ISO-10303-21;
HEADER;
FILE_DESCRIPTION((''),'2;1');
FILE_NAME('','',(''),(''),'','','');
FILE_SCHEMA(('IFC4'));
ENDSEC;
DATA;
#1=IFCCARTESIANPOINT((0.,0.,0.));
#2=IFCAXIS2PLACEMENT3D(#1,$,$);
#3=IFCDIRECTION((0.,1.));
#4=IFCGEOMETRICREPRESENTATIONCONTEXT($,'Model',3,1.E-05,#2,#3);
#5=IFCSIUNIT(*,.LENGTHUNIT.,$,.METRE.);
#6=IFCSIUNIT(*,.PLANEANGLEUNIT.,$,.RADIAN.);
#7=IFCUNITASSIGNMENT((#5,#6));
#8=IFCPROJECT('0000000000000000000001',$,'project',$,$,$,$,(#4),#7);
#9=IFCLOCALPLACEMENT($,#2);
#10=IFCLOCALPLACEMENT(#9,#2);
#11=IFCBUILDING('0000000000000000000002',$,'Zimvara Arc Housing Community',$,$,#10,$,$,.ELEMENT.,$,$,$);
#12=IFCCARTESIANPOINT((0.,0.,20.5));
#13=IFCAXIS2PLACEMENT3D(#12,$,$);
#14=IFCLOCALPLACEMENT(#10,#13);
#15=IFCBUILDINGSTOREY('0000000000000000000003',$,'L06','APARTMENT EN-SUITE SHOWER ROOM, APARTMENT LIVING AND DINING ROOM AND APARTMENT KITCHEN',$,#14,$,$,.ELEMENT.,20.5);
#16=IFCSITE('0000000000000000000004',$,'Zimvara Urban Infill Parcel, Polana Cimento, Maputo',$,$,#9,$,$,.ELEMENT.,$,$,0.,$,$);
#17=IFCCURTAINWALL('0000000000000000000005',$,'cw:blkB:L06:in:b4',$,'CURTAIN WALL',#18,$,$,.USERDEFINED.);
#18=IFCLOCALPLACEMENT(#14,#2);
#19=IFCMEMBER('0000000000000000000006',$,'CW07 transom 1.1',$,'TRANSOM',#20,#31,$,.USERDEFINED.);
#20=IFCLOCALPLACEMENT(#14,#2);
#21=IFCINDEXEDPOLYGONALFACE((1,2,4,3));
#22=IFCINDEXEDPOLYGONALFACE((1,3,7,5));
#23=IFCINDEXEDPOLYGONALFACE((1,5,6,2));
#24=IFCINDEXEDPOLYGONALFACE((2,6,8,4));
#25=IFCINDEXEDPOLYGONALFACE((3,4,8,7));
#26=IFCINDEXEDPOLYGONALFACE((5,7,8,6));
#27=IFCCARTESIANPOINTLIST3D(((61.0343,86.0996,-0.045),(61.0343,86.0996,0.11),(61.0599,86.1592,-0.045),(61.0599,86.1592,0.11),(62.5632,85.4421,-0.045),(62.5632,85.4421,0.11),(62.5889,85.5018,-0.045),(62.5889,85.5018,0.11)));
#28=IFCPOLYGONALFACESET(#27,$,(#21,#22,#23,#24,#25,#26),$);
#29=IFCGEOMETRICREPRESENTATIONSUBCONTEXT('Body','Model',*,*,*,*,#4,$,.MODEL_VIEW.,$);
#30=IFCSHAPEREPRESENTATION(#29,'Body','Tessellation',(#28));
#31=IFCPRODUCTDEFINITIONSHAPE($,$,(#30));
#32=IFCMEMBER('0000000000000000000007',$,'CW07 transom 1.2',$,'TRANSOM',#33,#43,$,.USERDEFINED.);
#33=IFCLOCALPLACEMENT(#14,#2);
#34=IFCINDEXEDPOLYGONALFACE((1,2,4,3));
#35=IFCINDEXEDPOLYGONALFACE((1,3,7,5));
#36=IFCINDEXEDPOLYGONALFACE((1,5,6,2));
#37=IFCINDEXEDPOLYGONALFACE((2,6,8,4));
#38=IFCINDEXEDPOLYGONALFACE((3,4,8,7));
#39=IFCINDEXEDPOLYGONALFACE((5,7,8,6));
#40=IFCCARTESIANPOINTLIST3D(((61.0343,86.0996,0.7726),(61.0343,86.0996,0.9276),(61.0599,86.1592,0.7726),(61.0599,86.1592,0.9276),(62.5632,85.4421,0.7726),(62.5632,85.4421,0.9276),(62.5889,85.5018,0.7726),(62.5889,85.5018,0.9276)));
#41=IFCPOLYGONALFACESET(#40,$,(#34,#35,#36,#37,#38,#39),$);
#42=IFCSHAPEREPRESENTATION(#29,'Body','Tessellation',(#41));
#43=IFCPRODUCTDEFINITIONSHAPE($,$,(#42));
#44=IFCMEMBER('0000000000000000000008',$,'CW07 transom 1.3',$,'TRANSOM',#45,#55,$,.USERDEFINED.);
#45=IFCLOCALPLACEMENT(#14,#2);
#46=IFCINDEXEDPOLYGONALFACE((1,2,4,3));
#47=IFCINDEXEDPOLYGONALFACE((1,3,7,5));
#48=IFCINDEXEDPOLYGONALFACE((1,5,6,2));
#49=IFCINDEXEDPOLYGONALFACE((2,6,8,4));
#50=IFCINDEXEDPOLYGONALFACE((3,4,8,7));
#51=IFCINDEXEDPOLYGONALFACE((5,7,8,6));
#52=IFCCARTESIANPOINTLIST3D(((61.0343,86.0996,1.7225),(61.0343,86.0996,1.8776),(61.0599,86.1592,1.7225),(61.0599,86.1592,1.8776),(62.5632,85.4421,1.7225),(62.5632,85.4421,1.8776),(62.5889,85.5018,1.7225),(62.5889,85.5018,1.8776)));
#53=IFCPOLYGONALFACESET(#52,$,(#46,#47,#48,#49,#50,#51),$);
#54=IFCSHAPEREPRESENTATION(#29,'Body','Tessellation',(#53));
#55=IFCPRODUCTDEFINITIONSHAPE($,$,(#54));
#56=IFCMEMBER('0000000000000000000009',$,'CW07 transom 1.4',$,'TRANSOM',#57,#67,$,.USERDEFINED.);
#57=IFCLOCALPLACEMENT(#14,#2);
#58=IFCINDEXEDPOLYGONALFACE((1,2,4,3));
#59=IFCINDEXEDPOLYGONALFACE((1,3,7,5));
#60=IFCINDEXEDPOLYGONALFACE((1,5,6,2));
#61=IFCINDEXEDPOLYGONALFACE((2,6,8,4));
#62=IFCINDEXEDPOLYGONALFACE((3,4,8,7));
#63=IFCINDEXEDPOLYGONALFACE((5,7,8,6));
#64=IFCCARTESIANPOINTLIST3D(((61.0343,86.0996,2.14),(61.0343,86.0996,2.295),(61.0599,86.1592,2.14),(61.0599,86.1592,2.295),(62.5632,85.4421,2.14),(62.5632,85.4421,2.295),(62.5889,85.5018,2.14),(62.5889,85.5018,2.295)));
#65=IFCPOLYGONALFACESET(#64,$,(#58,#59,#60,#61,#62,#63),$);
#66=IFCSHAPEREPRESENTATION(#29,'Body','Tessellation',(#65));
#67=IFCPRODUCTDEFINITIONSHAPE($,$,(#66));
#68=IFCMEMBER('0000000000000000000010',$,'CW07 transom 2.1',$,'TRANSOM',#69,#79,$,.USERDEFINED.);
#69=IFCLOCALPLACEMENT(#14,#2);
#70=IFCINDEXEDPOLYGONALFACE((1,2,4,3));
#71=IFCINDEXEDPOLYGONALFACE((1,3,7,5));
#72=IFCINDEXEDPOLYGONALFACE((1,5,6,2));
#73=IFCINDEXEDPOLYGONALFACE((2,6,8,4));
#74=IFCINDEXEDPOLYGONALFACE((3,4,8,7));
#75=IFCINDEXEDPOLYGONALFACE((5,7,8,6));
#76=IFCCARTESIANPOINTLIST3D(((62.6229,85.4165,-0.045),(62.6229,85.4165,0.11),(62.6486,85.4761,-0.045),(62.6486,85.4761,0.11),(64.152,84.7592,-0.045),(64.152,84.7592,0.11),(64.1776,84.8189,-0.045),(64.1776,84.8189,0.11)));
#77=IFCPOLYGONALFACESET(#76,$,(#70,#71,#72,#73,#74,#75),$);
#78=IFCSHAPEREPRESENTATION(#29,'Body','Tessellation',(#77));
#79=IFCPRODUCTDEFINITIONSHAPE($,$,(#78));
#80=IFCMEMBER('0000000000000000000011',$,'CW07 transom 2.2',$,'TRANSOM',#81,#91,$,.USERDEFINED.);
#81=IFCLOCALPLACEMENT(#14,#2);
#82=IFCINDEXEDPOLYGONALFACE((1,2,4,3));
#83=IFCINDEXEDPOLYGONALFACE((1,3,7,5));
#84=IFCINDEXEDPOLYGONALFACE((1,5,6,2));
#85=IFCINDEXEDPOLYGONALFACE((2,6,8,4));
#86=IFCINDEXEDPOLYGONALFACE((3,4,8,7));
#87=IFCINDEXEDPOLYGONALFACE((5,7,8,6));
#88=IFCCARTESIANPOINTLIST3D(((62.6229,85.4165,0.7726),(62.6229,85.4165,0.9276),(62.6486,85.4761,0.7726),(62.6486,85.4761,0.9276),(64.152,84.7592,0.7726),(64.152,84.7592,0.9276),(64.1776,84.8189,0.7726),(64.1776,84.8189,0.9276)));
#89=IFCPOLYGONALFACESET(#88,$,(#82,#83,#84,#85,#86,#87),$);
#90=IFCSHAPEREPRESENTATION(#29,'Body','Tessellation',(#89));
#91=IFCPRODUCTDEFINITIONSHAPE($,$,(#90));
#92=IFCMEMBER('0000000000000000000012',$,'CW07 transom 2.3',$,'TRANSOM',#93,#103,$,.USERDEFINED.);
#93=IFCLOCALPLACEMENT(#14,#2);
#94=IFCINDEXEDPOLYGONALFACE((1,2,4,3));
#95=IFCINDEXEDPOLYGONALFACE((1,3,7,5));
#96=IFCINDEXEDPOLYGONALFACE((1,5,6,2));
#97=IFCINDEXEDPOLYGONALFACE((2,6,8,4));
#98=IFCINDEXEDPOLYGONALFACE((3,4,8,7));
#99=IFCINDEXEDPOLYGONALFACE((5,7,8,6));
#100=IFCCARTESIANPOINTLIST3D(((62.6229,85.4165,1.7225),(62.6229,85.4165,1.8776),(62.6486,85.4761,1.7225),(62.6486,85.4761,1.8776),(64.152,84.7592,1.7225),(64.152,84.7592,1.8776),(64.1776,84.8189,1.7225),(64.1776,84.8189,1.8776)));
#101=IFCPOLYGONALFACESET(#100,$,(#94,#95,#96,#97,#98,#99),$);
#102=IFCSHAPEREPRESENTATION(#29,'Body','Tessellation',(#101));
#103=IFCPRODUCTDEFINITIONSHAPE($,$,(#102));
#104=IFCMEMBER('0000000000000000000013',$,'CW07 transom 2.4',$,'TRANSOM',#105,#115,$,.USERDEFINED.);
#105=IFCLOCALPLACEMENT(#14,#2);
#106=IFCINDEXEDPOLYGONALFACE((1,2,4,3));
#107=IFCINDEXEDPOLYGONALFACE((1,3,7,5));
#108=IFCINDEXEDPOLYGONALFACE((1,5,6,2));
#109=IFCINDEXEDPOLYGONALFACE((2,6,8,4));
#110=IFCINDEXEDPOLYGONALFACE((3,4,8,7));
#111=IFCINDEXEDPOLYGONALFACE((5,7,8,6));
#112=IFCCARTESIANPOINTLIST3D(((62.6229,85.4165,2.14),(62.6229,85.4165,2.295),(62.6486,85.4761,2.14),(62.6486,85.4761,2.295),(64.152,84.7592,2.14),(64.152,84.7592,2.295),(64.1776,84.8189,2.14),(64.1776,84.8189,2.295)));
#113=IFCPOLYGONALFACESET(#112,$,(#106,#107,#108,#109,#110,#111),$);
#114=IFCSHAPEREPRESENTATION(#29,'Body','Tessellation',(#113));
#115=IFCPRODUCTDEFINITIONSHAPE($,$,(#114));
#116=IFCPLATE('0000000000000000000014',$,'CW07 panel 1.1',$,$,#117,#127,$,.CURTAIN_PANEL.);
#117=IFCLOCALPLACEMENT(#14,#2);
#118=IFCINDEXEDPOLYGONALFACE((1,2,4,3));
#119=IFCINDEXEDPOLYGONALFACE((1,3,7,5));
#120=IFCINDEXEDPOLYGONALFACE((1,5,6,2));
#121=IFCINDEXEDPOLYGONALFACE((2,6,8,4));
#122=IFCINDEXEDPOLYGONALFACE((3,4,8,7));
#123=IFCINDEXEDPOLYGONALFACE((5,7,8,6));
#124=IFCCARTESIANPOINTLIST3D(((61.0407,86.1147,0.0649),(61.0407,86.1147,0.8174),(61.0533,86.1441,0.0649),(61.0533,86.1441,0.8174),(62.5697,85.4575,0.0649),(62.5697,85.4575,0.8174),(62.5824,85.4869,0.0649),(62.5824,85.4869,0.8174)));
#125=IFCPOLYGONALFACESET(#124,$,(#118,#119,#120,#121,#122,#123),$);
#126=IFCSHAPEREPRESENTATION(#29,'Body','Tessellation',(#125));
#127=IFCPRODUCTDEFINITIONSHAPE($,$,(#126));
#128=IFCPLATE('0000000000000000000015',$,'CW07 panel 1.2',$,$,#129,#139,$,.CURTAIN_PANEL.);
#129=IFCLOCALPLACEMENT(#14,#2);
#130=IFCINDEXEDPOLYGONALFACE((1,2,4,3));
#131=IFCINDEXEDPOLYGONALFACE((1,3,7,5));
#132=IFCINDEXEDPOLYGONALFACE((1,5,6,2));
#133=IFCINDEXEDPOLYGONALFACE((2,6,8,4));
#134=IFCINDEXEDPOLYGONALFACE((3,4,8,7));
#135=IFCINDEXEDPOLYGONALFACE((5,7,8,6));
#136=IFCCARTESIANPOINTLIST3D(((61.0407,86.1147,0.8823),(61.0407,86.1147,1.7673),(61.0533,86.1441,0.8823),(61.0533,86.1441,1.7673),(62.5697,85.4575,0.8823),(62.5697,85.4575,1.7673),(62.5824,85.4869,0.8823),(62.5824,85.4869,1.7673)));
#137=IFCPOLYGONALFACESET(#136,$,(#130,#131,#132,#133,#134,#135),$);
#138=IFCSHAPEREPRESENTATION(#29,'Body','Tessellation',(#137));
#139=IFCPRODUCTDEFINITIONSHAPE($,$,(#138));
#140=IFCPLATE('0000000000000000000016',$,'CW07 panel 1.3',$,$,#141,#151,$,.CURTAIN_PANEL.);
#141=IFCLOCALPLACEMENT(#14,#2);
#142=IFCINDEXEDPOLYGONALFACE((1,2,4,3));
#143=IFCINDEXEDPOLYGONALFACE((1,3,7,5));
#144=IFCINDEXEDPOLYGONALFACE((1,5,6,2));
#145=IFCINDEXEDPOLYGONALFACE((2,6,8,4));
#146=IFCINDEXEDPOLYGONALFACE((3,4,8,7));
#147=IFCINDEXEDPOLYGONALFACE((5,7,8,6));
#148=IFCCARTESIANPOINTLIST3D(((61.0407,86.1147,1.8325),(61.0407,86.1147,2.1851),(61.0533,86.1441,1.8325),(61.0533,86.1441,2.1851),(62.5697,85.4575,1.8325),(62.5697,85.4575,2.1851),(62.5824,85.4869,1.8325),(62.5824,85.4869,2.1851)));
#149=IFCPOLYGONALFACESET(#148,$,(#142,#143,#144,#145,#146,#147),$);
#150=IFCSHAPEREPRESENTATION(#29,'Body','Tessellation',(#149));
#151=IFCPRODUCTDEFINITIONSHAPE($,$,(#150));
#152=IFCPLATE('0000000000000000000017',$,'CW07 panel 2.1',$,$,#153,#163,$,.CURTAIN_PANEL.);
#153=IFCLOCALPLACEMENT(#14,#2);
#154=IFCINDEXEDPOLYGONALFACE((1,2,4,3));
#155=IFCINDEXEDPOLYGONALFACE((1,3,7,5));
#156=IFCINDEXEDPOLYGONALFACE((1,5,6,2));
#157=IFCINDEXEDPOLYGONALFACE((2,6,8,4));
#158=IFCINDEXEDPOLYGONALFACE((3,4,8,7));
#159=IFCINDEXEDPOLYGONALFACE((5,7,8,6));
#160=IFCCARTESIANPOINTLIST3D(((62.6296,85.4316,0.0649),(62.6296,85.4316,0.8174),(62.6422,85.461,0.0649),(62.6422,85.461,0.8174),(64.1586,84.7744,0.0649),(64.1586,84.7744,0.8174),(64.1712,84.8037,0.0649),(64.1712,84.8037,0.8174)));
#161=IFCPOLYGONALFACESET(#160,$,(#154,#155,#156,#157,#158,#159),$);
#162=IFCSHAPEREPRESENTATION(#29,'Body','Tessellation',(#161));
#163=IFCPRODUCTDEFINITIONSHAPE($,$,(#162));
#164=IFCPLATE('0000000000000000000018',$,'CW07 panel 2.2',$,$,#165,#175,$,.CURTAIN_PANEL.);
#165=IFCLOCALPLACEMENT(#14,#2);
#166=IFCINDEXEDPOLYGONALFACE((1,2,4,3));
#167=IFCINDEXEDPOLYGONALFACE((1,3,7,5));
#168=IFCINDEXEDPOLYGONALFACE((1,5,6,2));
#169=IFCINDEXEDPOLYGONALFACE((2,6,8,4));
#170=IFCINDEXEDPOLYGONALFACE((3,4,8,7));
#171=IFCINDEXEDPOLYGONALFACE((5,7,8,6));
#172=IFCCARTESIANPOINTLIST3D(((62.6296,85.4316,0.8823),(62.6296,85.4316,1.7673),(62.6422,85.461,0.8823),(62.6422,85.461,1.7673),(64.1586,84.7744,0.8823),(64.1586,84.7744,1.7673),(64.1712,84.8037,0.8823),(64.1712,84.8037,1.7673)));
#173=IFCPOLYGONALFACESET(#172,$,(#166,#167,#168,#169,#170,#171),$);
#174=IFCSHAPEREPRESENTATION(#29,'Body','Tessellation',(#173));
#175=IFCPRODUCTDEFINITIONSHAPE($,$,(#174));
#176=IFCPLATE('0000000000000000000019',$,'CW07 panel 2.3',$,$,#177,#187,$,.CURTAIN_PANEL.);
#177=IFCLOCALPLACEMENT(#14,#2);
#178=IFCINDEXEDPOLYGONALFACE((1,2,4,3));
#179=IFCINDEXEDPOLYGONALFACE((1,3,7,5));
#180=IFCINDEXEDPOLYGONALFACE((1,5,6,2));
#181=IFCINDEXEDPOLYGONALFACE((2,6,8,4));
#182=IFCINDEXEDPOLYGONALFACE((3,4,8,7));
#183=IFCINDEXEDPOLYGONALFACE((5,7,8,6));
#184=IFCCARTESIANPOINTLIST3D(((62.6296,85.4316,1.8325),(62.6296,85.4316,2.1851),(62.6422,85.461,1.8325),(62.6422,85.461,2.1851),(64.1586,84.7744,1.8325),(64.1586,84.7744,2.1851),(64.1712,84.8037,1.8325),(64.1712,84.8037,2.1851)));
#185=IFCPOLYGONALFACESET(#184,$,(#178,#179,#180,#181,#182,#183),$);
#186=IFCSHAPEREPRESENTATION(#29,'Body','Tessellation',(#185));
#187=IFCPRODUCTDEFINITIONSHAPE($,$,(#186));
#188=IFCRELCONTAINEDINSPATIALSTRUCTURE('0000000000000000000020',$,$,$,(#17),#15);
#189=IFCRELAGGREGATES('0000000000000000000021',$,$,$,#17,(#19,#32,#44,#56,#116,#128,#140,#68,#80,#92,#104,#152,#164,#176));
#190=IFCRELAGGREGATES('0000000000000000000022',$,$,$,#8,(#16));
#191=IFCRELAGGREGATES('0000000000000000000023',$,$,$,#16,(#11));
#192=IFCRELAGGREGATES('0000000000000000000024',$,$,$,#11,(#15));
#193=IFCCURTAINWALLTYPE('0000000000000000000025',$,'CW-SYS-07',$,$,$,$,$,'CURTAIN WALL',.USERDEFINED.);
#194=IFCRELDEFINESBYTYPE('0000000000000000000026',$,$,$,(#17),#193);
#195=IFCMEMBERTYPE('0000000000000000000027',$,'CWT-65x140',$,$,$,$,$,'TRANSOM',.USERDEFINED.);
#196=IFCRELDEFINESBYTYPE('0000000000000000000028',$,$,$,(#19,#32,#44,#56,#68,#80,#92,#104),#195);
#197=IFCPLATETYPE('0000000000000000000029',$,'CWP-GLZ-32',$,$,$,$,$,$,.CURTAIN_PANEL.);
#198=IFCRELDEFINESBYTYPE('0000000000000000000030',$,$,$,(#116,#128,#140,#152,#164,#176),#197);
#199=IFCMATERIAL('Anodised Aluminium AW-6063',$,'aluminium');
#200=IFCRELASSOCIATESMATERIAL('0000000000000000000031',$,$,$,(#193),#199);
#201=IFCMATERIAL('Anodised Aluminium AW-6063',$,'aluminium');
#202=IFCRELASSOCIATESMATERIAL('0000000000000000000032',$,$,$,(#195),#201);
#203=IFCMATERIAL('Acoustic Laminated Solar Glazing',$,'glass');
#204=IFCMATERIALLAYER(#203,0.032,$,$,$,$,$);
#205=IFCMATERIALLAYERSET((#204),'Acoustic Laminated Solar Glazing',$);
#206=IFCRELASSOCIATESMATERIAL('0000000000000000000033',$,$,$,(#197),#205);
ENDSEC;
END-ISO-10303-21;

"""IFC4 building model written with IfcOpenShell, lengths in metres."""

from ifc_helpers import new_model, si_unit, direction, frame, origin, origin_2d, place, context, subcontext, project, spatial, rectangle, extrude, material, layer, layer_set, material_profile, profile_set, type_object, element, aggregate, save


model = new_model("IFC4")

# Units and contexts
model_context = context("Model", 3, precision=1e-05, world=origin(), true_north=direction((0.0, 1.0)))
body_context = subcontext(model_context, "Body", "Model", "MODEL_VIEW")
ifc_project = project(units=[si_unit("LENGTHUNIT", "METRE"), si_unit("PLANEANGLEUNIT", "RADIAN")], contexts=[model_context])

# Site, building, storey
site_placement = place(None, origin())
site = spatial("IfcSite", under=ifc_project, at=site_placement, Name="Zimvara Urban Infill Parcel, Polana Cimento, Maputo", CompositionType="ELEMENT", RefElevation=0.0)
building_placement = place(site_placement, origin())
building = spatial("IfcBuilding", under=site, at=building_placement, Name="Zimvara Arc Housing Community", CompositionType="ELEMENT")
storey_placement = place(building_placement, frame((0.0, 0.0, 20.5)))
storey = spatial("IfcBuildingStorey", under=building, at=storey_placement, Name="L06", Description="APARTMENT EN-SUITE SHOWER ROOM, APARTMENT LIVING AND DINING ROOM AND APARTMENT KITCHEN", CompositionType="ELEMENT", Elevation=20.5)

# Curtain wall
ifc_material_1 = material(Name="Anodised Aluminium AW-6063", Category="aluminium")
curtain_wall_type_1 = type_object("IfcCurtainWallType", Name="CW-SYS-07", ElementType="CURTAIN WALL", PredefinedType="USERDEFINED", material=ifc_material_1)
curtain_wall_1_placement = place(storey_placement, origin())
curtain_wall_1 = element("IfcCurtainWall", 1, at=curtain_wall_1_placement, inside=storey, type_object=curtain_wall_type_1, Name="cw:blkB:L06:in:b4", ObjectType="CURTAIN WALL", PredefinedType="USERDEFINED")

# Members
ifc_material_2 = material(Name="Anodised Aluminium AW-6063", Category="aluminium")
ifc_material_profile_1 = material_profile(ifc_material_2, rectangle(XDim=0.0649, YDim=0.155, at=origin_2d()), Name="ALU 65x155")
ifc_profile_set_1 = profile_set([ifc_material_profile_1], Name="Anodised Aluminium AW-6063")
member_type_1 = type_object("IfcMemberType", Name="CWT-65x140", ElementType="TRANSOM", PredefinedType="USERDEFINED", material=ifc_profile_set_1)
member_1_placement = place(storey_placement, frame((61.0471, 86.1294, 0.0325), z_axis=(0.918674, -0.395017, 0.0), x_axis=(0.395017, 0.918674, 0.0)))
member_1 = element("IfcMember", 2, at=member_1_placement, type_object=member_type_1, Name="CW07 transom 1.1", ObjectType="TRANSOM", PredefinedType="USERDEFINED", context=body_context, shape_type="SweptSolid", body=[
    extrude(rectangle(XDim=0.0649, YDim=0.155, at=origin_2d()), origin(), (0.0, 0.0, 1.0), 1.6643),
])
member_2_placement = place(storey_placement, frame((61.0471, 86.1294, 0.8501), z_axis=(0.918674, -0.395017, 0.0), x_axis=(0.395017, 0.918674, 0.0)))
member_2 = element("IfcMember", 3, at=member_2_placement, type_object=member_type_1, Name="CW07 transom 1.2", ObjectType="TRANSOM", PredefinedType="USERDEFINED", context=body_context, shape_type="SweptSolid", body=[
    extrude(rectangle(XDim=0.0649, YDim=0.155, at=origin_2d()), origin(), (0.0, 0.0, 1.0), 1.6643),
])
member_3_placement = place(storey_placement, frame((61.0471, 86.1294, 1.8), z_axis=(0.918674, -0.395017, 0.0), x_axis=(0.395017, 0.918674, 0.0)))
member_3 = element("IfcMember", 4, at=member_3_placement, type_object=member_type_1, Name="CW07 transom 1.3", ObjectType="TRANSOM", PredefinedType="USERDEFINED", context=body_context, shape_type="SweptSolid", body=[
    extrude(rectangle(XDim=0.0649, YDim=0.155, at=origin_2d()), origin(), (0.0, 0.0, 1.0), 1.6643),
])
member_4_placement = place(storey_placement, frame((61.0471, 86.1294, 2.2175), z_axis=(0.918674, -0.395017, 0.0), x_axis=(0.395017, 0.918674, 0.0)))
member_4 = element("IfcMember", 5, at=member_4_placement, type_object=member_type_1, Name="CW07 transom 1.4", ObjectType="TRANSOM", PredefinedType="USERDEFINED", context=body_context, shape_type="SweptSolid", body=[
    extrude(rectangle(XDim=0.0649, YDim=0.155, at=origin_2d()), origin(), (0.0, 0.0, 1.0), 1.6643),
])
member_5_placement = place(storey_placement, frame((62.6357, 85.4463, 0.0325), z_axis=(0.918727, -0.394893, 0.0), x_axis=(0.394893, 0.918727, 0.0)))
member_5 = element("IfcMember", 6, at=member_5_placement, type_object=member_type_1, Name="CW07 transom 2.1", ObjectType="TRANSOM", PredefinedType="USERDEFINED", context=body_context, shape_type="SweptSolid", body=[
    extrude(rectangle(XDim=0.0649, YDim=0.155, at=origin_2d()), origin(), (0.0, 0.0, 1.0), 1.6643),
])
member_6_placement = place(storey_placement, frame((62.6357, 85.4463, 0.8501), z_axis=(0.918727, -0.394893, 0.0), x_axis=(0.394893, 0.918727, 0.0)))
member_6 = element("IfcMember", 7, at=member_6_placement, type_object=member_type_1, Name="CW07 transom 2.2", ObjectType="TRANSOM", PredefinedType="USERDEFINED", context=body_context, shape_type="SweptSolid", body=[
    extrude(rectangle(XDim=0.0649, YDim=0.155, at=origin_2d()), origin(), (0.0, 0.0, 1.0), 1.6643),
])
member_7_placement = place(storey_placement, frame((62.6357, 85.4463, 1.8), z_axis=(0.918727, -0.394893, 0.0), x_axis=(0.394893, 0.918727, 0.0)))
member_7 = element("IfcMember", 8, at=member_7_placement, type_object=member_type_1, Name="CW07 transom 2.3", ObjectType="TRANSOM", PredefinedType="USERDEFINED", context=body_context, shape_type="SweptSolid", body=[
    extrude(rectangle(XDim=0.0649, YDim=0.155, at=origin_2d()), origin(), (0.0, 0.0, 1.0), 1.6643),
])
member_8_placement = place(storey_placement, frame((62.6357, 85.4463, 2.2175), z_axis=(0.918727, -0.394893, 0.0), x_axis=(0.394893, 0.918727, 0.0)))
member_8 = element("IfcMember", 9, at=member_8_placement, type_object=member_type_1, Name="CW07 transom 2.4", ObjectType="TRANSOM", PredefinedType="USERDEFINED", context=body_context, shape_type="SweptSolid", body=[
    extrude(rectangle(XDim=0.0649, YDim=0.155, at=origin_2d()), origin(), (0.0, 0.0, 1.0), 1.6643),
])

# Plates
ifc_material_3 = material(Name="Acoustic Laminated Solar Glazing", Category="glass")
ifc_layer = layer(ifc_material_3, 0.032)
ifc_layer_set = layer_set([ifc_layer], Name="Acoustic Laminated Solar Glazing")
plate_type = type_object("IfcPlateType", Name="CWP-GLZ-32", PredefinedType="CURTAIN_PANEL", material=ifc_layer_set)
plate_1_placement = place(storey_placement, frame((61.8115, 85.8008, 0.0649), z_axis=(0.0, 0.0, 1.0), x_axis=(0.918722, -0.394904, 0.0)))
plate_1 = element("IfcPlate", 10, at=plate_1_placement, type_object=plate_type, Name="CW07 panel 1.1", PredefinedType="CURTAIN_PANEL", context=body_context, shape_type="SweptSolid", body=[
    extrude(rectangle(XDim=1.6643, YDim=0.032, at=origin_2d()), origin(), (0.0, 0.0, 1.0), 0.7524),
])
plate_2_placement = place(storey_placement, frame((61.8115, 85.8008, 0.8823), z_axis=(0.0, 0.0, 1.0), x_axis=(0.918722, -0.394904, 0.0)))
plate_2 = element("IfcPlate", 11, at=plate_2_placement, type_object=plate_type, Name="CW07 panel 1.2", PredefinedType="CURTAIN_PANEL", context=body_context, shape_type="SweptSolid", body=[
    extrude(rectangle(XDim=1.6643, YDim=0.032, at=origin_2d()), origin(), (0.0, 0.0, 1.0), 0.885),
])
plate_3_placement = place(storey_placement, frame((61.8115, 85.8008, 1.8325), z_axis=(0.0, 0.0, 1.0), x_axis=(0.918722, -0.394904, 0.0)))
plate_3 = element("IfcPlate", 12, at=plate_3_placement, type_object=plate_type, Name="CW07 panel 1.3", PredefinedType="CURTAIN_PANEL", context=body_context, shape_type="SweptSolid", body=[
    extrude(rectangle(XDim=1.6643, YDim=0.032, at=origin_2d()), origin(), (0.0, 0.0, 1.0), 0.3525),
])
plate_4_placement = place(storey_placement, frame((63.4004, 85.1177, 0.0649), z_axis=(0.0, 0.0, 1.0), x_axis=(0.918722, -0.394904, 0.0)))
plate_4 = element("IfcPlate", 13, at=plate_4_placement, type_object=plate_type, Name="CW07 panel 2.1", PredefinedType="CURTAIN_PANEL", context=body_context, shape_type="SweptSolid", body=[
    extrude(rectangle(XDim=1.6643, YDim=0.032, at=origin_2d()), origin(), (0.0, 0.0, 1.0), 0.7524),
])
plate_5_placement = place(storey_placement, frame((63.4004, 85.1177, 0.8823), z_axis=(0.0, 0.0, 1.0), x_axis=(0.918722, -0.394904, 0.0)))
plate_5 = element("IfcPlate", 14, at=plate_5_placement, type_object=plate_type, Name="CW07 panel 2.2", PredefinedType="CURTAIN_PANEL", context=body_context, shape_type="SweptSolid", body=[
    extrude(rectangle(XDim=1.6643, YDim=0.032, at=origin_2d()), origin(), (0.0, 0.0, 1.0), 0.885),
])
plate_6_placement = place(storey_placement, frame((63.4004, 85.1177, 1.8325), z_axis=(0.0, 0.0, 1.0), x_axis=(0.918722, -0.394904, 0.0)))
plate_6 = element("IfcPlate", 15, at=plate_6_placement, type_object=plate_type, Name="CW07 panel 2.3", PredefinedType="CURTAIN_PANEL", context=body_context, shape_type="SweptSolid", body=[
    extrude(rectangle(XDim=1.6643, YDim=0.032, at=origin_2d()), origin(), (0.0, 0.0, 1.0), 0.3525),
])
aggregate(curtain_wall_1, [member_1, member_2, member_3, member_4, plate_1, plate_2, plate_3, member_5, member_6, member_7, member_8, plate_4, plate_5, plate_6])

save(model, "model.ifc")
